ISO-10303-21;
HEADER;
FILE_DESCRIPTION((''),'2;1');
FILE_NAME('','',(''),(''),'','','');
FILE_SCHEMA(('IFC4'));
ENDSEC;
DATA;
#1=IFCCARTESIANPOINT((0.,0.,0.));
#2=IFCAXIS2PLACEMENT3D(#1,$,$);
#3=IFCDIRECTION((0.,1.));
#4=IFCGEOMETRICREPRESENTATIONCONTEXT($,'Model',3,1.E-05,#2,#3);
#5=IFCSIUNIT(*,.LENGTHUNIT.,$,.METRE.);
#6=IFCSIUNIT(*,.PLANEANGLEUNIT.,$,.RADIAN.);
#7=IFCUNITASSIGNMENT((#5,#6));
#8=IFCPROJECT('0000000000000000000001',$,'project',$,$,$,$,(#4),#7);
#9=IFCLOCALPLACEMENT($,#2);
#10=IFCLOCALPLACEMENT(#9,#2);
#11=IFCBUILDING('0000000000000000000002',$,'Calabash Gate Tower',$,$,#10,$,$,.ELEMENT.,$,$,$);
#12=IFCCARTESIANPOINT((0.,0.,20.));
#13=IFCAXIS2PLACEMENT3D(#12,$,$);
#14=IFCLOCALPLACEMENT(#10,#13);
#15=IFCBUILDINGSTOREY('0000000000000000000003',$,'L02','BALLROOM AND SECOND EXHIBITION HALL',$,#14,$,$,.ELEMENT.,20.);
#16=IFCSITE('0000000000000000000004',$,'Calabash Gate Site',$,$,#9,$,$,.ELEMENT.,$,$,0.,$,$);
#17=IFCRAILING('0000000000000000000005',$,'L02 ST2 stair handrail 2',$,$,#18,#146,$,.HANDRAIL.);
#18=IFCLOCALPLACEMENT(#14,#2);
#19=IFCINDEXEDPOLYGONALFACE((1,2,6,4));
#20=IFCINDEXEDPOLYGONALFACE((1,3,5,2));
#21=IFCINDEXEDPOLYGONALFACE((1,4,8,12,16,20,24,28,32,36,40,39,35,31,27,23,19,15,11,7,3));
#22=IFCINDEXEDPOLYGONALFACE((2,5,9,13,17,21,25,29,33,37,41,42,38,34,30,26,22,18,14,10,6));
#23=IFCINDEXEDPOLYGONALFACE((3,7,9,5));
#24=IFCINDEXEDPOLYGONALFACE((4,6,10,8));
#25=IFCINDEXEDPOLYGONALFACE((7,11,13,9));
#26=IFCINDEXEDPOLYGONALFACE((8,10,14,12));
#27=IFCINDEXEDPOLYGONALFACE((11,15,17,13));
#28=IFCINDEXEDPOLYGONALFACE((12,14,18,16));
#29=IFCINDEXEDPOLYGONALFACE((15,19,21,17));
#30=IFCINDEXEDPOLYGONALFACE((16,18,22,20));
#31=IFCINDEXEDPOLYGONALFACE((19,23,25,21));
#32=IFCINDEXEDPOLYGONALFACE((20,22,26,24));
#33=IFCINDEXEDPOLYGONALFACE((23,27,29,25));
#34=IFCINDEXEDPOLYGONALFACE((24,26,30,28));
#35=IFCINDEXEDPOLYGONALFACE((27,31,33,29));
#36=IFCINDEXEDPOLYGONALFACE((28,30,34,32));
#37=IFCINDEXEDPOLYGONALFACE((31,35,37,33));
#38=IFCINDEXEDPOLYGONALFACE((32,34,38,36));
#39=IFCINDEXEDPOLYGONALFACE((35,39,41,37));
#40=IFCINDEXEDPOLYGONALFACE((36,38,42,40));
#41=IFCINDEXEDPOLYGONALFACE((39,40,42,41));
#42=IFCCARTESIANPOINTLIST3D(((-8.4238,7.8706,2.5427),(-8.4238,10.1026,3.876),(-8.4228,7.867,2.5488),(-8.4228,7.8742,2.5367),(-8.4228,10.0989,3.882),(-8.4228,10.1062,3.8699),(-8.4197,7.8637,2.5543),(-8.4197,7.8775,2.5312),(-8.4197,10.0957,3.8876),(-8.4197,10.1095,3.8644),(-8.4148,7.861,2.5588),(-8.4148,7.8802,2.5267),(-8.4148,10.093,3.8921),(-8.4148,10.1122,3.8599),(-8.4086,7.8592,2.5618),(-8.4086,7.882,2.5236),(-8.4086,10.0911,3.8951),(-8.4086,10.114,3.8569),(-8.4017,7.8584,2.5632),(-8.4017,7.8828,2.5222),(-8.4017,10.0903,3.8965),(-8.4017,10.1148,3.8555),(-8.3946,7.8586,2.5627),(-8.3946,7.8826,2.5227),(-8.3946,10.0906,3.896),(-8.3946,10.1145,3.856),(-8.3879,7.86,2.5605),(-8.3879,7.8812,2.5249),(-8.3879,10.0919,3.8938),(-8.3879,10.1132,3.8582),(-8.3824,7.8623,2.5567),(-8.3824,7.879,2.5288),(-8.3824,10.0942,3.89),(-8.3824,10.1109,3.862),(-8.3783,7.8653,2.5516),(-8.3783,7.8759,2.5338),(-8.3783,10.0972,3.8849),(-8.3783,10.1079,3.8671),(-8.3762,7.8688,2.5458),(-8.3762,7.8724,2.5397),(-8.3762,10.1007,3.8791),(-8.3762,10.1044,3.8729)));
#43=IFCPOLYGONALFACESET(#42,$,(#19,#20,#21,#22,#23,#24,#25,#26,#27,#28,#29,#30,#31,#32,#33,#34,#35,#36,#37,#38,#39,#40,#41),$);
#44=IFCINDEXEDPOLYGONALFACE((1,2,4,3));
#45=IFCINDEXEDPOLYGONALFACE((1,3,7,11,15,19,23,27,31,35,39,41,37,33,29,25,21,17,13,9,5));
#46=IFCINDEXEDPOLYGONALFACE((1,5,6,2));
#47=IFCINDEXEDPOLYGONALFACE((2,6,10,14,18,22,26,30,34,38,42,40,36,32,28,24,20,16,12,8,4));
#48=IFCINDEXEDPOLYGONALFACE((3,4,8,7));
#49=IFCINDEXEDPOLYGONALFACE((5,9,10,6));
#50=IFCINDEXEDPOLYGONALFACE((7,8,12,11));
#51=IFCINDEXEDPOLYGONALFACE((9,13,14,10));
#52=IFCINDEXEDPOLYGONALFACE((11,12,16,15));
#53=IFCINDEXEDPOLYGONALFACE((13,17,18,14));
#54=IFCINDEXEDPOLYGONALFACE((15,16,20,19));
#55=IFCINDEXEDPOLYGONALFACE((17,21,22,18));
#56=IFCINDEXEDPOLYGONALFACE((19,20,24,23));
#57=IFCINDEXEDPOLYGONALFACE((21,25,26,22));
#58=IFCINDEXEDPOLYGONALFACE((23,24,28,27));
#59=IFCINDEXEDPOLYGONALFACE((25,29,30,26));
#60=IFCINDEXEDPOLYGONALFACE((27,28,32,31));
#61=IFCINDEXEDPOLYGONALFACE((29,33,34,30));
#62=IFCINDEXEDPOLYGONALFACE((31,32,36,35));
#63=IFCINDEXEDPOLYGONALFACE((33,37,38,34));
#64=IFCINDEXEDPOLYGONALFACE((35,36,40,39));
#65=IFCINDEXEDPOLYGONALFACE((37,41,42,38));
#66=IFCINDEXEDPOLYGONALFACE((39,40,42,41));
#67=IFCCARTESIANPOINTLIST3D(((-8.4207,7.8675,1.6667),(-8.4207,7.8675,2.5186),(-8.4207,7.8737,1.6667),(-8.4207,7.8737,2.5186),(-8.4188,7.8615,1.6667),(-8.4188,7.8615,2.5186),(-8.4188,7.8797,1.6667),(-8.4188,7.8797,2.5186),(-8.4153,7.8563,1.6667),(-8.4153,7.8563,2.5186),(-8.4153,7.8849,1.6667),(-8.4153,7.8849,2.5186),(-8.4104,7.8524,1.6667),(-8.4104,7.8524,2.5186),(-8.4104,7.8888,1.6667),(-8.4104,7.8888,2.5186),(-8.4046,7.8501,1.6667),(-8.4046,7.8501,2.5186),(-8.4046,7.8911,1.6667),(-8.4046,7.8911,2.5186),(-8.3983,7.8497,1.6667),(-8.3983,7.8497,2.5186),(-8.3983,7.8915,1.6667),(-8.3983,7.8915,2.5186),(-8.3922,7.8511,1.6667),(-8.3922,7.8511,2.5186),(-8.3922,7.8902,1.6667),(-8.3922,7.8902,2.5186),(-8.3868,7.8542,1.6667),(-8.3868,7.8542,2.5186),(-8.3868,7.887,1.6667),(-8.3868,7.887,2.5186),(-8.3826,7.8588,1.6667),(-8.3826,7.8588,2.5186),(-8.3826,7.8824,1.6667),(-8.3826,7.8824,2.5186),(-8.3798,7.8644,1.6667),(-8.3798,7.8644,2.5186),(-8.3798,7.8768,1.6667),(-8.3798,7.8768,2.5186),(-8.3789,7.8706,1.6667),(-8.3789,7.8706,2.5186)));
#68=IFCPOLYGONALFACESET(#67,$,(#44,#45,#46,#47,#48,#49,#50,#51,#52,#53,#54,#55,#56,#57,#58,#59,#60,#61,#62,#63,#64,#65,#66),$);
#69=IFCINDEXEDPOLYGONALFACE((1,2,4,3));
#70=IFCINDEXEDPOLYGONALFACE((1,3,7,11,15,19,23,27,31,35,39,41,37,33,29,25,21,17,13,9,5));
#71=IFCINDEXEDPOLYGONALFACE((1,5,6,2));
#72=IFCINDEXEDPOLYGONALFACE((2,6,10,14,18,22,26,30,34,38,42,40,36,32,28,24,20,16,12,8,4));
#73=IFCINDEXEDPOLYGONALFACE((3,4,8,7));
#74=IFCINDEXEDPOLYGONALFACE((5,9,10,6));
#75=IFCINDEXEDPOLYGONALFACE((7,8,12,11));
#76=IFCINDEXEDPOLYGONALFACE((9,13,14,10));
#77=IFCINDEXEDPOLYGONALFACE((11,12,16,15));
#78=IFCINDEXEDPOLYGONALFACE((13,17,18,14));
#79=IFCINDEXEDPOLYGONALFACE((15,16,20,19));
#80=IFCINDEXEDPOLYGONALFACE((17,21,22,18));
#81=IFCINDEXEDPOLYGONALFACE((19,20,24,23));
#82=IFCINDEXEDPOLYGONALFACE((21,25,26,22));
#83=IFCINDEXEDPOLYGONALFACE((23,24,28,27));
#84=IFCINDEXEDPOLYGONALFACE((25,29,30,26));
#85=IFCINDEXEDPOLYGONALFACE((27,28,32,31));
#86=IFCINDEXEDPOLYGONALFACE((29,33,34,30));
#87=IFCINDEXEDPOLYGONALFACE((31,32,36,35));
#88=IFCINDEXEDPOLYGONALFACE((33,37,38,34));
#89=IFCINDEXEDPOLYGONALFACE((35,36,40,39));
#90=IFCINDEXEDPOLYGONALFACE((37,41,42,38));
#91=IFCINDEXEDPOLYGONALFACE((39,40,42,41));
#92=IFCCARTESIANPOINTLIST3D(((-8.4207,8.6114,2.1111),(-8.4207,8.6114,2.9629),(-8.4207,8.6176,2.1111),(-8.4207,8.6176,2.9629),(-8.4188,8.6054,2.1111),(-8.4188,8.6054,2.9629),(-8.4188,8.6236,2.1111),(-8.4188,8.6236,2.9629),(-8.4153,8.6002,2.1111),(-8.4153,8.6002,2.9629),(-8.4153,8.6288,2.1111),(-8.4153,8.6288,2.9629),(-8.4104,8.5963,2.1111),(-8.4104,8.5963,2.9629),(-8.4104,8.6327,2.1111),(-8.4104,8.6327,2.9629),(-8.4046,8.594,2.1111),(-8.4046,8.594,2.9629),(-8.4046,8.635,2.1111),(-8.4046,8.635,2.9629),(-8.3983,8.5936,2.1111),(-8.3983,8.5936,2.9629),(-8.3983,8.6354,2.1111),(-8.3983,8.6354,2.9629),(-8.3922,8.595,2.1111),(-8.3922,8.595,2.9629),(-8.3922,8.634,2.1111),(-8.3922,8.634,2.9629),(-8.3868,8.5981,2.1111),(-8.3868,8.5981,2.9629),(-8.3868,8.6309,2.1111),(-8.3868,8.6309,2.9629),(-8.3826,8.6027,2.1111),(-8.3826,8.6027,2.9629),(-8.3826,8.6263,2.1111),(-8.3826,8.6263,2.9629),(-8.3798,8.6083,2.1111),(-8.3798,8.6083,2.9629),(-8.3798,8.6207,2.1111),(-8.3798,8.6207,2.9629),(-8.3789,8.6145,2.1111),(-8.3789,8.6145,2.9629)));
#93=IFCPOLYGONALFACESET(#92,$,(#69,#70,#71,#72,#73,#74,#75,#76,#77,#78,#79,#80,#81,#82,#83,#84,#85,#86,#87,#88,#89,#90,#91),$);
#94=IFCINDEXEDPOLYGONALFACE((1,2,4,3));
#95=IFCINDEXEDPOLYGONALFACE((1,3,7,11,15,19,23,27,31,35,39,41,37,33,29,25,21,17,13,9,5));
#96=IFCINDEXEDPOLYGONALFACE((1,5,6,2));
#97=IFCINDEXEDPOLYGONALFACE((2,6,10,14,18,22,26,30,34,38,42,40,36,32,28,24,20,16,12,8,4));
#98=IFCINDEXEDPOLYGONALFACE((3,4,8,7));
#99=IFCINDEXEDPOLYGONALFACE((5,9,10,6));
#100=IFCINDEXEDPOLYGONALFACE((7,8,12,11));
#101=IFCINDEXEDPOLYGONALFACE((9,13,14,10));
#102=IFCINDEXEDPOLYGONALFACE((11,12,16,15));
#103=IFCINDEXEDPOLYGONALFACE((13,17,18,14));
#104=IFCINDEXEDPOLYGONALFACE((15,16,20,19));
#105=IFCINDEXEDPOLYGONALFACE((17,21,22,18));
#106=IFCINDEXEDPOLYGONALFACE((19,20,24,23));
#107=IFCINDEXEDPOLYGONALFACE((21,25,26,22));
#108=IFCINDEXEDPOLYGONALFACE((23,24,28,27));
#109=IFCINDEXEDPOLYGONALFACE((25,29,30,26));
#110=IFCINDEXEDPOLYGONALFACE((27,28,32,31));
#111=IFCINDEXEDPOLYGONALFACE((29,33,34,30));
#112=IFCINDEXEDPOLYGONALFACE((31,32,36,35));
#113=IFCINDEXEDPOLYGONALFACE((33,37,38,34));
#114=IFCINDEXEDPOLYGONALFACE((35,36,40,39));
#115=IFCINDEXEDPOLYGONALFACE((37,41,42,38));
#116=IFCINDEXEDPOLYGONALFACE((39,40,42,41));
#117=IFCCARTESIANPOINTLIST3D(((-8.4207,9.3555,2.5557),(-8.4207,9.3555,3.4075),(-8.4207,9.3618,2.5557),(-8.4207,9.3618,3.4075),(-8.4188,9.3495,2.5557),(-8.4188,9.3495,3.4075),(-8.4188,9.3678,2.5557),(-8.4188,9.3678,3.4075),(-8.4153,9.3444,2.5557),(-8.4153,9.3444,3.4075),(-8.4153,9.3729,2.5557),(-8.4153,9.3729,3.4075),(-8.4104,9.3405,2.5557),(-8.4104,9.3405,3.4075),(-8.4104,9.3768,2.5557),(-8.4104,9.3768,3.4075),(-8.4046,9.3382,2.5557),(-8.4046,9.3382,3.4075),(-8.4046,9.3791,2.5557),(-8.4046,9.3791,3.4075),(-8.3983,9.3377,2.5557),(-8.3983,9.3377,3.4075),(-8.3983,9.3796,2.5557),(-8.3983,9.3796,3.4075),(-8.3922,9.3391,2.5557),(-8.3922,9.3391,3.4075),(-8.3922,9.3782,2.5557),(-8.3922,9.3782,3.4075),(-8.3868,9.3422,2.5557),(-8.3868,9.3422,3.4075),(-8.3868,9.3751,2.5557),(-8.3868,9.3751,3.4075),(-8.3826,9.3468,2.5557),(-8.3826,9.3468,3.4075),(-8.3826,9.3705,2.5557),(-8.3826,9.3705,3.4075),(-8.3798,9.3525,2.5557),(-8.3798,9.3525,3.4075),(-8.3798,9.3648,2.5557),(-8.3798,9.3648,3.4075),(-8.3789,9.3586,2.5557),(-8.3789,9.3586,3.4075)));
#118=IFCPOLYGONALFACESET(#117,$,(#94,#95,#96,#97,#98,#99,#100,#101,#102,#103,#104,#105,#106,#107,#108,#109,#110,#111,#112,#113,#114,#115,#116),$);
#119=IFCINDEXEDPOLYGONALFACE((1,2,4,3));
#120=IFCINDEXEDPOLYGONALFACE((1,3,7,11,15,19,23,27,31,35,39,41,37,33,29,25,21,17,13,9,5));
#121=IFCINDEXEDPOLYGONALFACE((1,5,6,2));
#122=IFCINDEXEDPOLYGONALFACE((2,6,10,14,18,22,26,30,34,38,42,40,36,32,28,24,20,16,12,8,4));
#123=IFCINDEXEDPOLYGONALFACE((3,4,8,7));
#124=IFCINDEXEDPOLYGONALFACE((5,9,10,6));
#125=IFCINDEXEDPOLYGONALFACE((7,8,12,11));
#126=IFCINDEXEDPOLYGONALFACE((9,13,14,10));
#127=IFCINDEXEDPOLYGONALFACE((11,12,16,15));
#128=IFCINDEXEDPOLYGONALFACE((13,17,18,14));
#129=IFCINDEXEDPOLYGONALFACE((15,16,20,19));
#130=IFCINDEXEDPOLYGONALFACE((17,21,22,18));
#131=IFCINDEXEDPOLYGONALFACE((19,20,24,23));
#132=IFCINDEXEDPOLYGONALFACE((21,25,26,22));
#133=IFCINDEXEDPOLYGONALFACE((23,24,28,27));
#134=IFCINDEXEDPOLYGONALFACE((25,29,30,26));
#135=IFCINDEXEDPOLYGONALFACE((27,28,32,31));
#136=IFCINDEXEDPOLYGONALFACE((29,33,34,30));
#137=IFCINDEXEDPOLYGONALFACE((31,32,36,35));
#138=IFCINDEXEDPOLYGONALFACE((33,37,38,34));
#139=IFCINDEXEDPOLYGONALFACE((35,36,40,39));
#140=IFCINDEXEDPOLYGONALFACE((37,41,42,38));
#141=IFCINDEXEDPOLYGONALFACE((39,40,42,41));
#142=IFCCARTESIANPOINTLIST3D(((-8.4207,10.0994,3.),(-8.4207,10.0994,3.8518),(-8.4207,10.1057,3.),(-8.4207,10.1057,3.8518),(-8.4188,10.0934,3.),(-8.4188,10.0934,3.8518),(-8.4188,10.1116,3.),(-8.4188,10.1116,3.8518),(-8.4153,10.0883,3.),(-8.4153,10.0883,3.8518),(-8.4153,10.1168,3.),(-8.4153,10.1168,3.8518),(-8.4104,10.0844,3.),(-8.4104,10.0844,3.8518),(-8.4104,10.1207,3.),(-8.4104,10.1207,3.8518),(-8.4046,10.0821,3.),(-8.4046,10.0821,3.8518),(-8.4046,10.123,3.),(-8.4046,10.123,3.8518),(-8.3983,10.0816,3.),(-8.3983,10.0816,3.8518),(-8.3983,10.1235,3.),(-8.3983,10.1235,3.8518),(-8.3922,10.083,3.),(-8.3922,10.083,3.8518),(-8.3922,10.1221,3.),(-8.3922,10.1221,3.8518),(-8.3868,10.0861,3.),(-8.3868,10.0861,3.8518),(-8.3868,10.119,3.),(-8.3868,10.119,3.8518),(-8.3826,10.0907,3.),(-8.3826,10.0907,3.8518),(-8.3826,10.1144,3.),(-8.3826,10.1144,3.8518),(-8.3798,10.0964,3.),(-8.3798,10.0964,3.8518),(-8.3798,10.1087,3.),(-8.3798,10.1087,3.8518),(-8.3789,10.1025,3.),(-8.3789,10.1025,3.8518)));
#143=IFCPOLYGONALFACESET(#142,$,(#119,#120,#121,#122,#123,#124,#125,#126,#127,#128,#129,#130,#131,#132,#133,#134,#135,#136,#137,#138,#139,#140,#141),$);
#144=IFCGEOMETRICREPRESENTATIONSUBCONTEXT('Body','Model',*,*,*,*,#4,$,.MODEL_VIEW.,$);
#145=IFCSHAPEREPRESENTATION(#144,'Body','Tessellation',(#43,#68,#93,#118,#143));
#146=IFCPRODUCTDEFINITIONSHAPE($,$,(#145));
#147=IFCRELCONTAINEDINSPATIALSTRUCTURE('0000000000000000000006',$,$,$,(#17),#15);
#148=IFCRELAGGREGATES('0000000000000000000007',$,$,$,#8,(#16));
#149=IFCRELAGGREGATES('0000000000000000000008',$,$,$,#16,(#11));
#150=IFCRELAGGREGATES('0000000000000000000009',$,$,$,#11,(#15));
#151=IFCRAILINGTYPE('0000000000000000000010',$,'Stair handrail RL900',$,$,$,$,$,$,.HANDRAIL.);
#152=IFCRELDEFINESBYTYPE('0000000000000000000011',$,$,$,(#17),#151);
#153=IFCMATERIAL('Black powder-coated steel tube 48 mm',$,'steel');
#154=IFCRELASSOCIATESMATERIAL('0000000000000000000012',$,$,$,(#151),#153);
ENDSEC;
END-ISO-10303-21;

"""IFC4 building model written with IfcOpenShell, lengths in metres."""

from ifc_helpers import new_model, si_unit, direction, frame, origin, origin_2d, place, context, subcontext, project, spatial, circle, extrude, material, type_object, element, save


model = new_model("IFC4")

# Units and contexts
model_context = context("Model", 3, precision=1e-05, world=origin(), true_north=direction((0.0, 1.0)))
body_context = subcontext(model_context, "Body", "Model", "MODEL_VIEW")
ifc_project = project(units=[si_unit("LENGTHUNIT", "METRE"), si_unit("PLANEANGLEUNIT", "RADIAN")], contexts=[model_context])

# Site, building, storey
site_placement = place(None, origin())
site = spatial("IfcSite", under=ifc_project, at=site_placement, Name="Calabash Gate Site", CompositionType="ELEMENT", RefElevation=0.0)
building_placement = place(site_placement, origin())
building = spatial("IfcBuilding", under=site, at=building_placement, Name="Calabash Gate Tower", CompositionType="ELEMENT")
storey_placement = place(building_placement, frame((0.0, 0.0, 20.0)))
storey = spatial("IfcBuildingStorey", under=building, at=storey_placement, Name="L02", Description="BALLROOM AND SECOND EXHIBITION HALL", CompositionType="ELEMENT", Elevation=20.0)

# Railing
ifc_material_1 = material(Name="Black powder-coated steel tube 48 mm", Category="steel")
railing_type_1 = type_object("IfcRailingType", Name="Stair handrail RL900", PredefinedType="HANDRAIL", material=ifc_material_1)
railing_1_placement = place(storey_placement, frame((-8.3999, 7.8706, 1.6667)))
element("IfcRailing", 1, at=railing_1_placement, inside=storey, type_object=railing_type_1, Name="L02 ST2 stair handrail 2", PredefinedType="HANDRAIL", context=body_context, shape_type="SweptSolid", body=[
    extrude(circle(Radius=0.0239, at=origin_2d()), frame((0.0, 0.0, 0.876), z_axis=(0.0, 0.858494, 0.512824), x_axis=(-1.0, 0.0, 0.0)), (0.0, 0.0, 1.0), 2.5999),
    extrude(circle(Radius=0.021, at=origin_2d()), origin(), (0.0, 0.0, 1.0), 0.8518),
    extrude(circle(Radius=0.021, at=origin_2d()), frame((0.0, 0.7439, 0.4443)), (0.0, 0.0, 1.0), 0.8518),
    extrude(circle(Radius=0.021, at=origin_2d()), frame((0.0, 1.488, 0.8889)), (0.0, 0.0, 1.0), 0.8518),
    extrude(circle(Radius=0.021, at=origin_2d()), frame((0.0, 2.2319, 1.3333)), (0.0, 0.0, 1.0), 0.8518),
])

save(model, "model.ifc")
